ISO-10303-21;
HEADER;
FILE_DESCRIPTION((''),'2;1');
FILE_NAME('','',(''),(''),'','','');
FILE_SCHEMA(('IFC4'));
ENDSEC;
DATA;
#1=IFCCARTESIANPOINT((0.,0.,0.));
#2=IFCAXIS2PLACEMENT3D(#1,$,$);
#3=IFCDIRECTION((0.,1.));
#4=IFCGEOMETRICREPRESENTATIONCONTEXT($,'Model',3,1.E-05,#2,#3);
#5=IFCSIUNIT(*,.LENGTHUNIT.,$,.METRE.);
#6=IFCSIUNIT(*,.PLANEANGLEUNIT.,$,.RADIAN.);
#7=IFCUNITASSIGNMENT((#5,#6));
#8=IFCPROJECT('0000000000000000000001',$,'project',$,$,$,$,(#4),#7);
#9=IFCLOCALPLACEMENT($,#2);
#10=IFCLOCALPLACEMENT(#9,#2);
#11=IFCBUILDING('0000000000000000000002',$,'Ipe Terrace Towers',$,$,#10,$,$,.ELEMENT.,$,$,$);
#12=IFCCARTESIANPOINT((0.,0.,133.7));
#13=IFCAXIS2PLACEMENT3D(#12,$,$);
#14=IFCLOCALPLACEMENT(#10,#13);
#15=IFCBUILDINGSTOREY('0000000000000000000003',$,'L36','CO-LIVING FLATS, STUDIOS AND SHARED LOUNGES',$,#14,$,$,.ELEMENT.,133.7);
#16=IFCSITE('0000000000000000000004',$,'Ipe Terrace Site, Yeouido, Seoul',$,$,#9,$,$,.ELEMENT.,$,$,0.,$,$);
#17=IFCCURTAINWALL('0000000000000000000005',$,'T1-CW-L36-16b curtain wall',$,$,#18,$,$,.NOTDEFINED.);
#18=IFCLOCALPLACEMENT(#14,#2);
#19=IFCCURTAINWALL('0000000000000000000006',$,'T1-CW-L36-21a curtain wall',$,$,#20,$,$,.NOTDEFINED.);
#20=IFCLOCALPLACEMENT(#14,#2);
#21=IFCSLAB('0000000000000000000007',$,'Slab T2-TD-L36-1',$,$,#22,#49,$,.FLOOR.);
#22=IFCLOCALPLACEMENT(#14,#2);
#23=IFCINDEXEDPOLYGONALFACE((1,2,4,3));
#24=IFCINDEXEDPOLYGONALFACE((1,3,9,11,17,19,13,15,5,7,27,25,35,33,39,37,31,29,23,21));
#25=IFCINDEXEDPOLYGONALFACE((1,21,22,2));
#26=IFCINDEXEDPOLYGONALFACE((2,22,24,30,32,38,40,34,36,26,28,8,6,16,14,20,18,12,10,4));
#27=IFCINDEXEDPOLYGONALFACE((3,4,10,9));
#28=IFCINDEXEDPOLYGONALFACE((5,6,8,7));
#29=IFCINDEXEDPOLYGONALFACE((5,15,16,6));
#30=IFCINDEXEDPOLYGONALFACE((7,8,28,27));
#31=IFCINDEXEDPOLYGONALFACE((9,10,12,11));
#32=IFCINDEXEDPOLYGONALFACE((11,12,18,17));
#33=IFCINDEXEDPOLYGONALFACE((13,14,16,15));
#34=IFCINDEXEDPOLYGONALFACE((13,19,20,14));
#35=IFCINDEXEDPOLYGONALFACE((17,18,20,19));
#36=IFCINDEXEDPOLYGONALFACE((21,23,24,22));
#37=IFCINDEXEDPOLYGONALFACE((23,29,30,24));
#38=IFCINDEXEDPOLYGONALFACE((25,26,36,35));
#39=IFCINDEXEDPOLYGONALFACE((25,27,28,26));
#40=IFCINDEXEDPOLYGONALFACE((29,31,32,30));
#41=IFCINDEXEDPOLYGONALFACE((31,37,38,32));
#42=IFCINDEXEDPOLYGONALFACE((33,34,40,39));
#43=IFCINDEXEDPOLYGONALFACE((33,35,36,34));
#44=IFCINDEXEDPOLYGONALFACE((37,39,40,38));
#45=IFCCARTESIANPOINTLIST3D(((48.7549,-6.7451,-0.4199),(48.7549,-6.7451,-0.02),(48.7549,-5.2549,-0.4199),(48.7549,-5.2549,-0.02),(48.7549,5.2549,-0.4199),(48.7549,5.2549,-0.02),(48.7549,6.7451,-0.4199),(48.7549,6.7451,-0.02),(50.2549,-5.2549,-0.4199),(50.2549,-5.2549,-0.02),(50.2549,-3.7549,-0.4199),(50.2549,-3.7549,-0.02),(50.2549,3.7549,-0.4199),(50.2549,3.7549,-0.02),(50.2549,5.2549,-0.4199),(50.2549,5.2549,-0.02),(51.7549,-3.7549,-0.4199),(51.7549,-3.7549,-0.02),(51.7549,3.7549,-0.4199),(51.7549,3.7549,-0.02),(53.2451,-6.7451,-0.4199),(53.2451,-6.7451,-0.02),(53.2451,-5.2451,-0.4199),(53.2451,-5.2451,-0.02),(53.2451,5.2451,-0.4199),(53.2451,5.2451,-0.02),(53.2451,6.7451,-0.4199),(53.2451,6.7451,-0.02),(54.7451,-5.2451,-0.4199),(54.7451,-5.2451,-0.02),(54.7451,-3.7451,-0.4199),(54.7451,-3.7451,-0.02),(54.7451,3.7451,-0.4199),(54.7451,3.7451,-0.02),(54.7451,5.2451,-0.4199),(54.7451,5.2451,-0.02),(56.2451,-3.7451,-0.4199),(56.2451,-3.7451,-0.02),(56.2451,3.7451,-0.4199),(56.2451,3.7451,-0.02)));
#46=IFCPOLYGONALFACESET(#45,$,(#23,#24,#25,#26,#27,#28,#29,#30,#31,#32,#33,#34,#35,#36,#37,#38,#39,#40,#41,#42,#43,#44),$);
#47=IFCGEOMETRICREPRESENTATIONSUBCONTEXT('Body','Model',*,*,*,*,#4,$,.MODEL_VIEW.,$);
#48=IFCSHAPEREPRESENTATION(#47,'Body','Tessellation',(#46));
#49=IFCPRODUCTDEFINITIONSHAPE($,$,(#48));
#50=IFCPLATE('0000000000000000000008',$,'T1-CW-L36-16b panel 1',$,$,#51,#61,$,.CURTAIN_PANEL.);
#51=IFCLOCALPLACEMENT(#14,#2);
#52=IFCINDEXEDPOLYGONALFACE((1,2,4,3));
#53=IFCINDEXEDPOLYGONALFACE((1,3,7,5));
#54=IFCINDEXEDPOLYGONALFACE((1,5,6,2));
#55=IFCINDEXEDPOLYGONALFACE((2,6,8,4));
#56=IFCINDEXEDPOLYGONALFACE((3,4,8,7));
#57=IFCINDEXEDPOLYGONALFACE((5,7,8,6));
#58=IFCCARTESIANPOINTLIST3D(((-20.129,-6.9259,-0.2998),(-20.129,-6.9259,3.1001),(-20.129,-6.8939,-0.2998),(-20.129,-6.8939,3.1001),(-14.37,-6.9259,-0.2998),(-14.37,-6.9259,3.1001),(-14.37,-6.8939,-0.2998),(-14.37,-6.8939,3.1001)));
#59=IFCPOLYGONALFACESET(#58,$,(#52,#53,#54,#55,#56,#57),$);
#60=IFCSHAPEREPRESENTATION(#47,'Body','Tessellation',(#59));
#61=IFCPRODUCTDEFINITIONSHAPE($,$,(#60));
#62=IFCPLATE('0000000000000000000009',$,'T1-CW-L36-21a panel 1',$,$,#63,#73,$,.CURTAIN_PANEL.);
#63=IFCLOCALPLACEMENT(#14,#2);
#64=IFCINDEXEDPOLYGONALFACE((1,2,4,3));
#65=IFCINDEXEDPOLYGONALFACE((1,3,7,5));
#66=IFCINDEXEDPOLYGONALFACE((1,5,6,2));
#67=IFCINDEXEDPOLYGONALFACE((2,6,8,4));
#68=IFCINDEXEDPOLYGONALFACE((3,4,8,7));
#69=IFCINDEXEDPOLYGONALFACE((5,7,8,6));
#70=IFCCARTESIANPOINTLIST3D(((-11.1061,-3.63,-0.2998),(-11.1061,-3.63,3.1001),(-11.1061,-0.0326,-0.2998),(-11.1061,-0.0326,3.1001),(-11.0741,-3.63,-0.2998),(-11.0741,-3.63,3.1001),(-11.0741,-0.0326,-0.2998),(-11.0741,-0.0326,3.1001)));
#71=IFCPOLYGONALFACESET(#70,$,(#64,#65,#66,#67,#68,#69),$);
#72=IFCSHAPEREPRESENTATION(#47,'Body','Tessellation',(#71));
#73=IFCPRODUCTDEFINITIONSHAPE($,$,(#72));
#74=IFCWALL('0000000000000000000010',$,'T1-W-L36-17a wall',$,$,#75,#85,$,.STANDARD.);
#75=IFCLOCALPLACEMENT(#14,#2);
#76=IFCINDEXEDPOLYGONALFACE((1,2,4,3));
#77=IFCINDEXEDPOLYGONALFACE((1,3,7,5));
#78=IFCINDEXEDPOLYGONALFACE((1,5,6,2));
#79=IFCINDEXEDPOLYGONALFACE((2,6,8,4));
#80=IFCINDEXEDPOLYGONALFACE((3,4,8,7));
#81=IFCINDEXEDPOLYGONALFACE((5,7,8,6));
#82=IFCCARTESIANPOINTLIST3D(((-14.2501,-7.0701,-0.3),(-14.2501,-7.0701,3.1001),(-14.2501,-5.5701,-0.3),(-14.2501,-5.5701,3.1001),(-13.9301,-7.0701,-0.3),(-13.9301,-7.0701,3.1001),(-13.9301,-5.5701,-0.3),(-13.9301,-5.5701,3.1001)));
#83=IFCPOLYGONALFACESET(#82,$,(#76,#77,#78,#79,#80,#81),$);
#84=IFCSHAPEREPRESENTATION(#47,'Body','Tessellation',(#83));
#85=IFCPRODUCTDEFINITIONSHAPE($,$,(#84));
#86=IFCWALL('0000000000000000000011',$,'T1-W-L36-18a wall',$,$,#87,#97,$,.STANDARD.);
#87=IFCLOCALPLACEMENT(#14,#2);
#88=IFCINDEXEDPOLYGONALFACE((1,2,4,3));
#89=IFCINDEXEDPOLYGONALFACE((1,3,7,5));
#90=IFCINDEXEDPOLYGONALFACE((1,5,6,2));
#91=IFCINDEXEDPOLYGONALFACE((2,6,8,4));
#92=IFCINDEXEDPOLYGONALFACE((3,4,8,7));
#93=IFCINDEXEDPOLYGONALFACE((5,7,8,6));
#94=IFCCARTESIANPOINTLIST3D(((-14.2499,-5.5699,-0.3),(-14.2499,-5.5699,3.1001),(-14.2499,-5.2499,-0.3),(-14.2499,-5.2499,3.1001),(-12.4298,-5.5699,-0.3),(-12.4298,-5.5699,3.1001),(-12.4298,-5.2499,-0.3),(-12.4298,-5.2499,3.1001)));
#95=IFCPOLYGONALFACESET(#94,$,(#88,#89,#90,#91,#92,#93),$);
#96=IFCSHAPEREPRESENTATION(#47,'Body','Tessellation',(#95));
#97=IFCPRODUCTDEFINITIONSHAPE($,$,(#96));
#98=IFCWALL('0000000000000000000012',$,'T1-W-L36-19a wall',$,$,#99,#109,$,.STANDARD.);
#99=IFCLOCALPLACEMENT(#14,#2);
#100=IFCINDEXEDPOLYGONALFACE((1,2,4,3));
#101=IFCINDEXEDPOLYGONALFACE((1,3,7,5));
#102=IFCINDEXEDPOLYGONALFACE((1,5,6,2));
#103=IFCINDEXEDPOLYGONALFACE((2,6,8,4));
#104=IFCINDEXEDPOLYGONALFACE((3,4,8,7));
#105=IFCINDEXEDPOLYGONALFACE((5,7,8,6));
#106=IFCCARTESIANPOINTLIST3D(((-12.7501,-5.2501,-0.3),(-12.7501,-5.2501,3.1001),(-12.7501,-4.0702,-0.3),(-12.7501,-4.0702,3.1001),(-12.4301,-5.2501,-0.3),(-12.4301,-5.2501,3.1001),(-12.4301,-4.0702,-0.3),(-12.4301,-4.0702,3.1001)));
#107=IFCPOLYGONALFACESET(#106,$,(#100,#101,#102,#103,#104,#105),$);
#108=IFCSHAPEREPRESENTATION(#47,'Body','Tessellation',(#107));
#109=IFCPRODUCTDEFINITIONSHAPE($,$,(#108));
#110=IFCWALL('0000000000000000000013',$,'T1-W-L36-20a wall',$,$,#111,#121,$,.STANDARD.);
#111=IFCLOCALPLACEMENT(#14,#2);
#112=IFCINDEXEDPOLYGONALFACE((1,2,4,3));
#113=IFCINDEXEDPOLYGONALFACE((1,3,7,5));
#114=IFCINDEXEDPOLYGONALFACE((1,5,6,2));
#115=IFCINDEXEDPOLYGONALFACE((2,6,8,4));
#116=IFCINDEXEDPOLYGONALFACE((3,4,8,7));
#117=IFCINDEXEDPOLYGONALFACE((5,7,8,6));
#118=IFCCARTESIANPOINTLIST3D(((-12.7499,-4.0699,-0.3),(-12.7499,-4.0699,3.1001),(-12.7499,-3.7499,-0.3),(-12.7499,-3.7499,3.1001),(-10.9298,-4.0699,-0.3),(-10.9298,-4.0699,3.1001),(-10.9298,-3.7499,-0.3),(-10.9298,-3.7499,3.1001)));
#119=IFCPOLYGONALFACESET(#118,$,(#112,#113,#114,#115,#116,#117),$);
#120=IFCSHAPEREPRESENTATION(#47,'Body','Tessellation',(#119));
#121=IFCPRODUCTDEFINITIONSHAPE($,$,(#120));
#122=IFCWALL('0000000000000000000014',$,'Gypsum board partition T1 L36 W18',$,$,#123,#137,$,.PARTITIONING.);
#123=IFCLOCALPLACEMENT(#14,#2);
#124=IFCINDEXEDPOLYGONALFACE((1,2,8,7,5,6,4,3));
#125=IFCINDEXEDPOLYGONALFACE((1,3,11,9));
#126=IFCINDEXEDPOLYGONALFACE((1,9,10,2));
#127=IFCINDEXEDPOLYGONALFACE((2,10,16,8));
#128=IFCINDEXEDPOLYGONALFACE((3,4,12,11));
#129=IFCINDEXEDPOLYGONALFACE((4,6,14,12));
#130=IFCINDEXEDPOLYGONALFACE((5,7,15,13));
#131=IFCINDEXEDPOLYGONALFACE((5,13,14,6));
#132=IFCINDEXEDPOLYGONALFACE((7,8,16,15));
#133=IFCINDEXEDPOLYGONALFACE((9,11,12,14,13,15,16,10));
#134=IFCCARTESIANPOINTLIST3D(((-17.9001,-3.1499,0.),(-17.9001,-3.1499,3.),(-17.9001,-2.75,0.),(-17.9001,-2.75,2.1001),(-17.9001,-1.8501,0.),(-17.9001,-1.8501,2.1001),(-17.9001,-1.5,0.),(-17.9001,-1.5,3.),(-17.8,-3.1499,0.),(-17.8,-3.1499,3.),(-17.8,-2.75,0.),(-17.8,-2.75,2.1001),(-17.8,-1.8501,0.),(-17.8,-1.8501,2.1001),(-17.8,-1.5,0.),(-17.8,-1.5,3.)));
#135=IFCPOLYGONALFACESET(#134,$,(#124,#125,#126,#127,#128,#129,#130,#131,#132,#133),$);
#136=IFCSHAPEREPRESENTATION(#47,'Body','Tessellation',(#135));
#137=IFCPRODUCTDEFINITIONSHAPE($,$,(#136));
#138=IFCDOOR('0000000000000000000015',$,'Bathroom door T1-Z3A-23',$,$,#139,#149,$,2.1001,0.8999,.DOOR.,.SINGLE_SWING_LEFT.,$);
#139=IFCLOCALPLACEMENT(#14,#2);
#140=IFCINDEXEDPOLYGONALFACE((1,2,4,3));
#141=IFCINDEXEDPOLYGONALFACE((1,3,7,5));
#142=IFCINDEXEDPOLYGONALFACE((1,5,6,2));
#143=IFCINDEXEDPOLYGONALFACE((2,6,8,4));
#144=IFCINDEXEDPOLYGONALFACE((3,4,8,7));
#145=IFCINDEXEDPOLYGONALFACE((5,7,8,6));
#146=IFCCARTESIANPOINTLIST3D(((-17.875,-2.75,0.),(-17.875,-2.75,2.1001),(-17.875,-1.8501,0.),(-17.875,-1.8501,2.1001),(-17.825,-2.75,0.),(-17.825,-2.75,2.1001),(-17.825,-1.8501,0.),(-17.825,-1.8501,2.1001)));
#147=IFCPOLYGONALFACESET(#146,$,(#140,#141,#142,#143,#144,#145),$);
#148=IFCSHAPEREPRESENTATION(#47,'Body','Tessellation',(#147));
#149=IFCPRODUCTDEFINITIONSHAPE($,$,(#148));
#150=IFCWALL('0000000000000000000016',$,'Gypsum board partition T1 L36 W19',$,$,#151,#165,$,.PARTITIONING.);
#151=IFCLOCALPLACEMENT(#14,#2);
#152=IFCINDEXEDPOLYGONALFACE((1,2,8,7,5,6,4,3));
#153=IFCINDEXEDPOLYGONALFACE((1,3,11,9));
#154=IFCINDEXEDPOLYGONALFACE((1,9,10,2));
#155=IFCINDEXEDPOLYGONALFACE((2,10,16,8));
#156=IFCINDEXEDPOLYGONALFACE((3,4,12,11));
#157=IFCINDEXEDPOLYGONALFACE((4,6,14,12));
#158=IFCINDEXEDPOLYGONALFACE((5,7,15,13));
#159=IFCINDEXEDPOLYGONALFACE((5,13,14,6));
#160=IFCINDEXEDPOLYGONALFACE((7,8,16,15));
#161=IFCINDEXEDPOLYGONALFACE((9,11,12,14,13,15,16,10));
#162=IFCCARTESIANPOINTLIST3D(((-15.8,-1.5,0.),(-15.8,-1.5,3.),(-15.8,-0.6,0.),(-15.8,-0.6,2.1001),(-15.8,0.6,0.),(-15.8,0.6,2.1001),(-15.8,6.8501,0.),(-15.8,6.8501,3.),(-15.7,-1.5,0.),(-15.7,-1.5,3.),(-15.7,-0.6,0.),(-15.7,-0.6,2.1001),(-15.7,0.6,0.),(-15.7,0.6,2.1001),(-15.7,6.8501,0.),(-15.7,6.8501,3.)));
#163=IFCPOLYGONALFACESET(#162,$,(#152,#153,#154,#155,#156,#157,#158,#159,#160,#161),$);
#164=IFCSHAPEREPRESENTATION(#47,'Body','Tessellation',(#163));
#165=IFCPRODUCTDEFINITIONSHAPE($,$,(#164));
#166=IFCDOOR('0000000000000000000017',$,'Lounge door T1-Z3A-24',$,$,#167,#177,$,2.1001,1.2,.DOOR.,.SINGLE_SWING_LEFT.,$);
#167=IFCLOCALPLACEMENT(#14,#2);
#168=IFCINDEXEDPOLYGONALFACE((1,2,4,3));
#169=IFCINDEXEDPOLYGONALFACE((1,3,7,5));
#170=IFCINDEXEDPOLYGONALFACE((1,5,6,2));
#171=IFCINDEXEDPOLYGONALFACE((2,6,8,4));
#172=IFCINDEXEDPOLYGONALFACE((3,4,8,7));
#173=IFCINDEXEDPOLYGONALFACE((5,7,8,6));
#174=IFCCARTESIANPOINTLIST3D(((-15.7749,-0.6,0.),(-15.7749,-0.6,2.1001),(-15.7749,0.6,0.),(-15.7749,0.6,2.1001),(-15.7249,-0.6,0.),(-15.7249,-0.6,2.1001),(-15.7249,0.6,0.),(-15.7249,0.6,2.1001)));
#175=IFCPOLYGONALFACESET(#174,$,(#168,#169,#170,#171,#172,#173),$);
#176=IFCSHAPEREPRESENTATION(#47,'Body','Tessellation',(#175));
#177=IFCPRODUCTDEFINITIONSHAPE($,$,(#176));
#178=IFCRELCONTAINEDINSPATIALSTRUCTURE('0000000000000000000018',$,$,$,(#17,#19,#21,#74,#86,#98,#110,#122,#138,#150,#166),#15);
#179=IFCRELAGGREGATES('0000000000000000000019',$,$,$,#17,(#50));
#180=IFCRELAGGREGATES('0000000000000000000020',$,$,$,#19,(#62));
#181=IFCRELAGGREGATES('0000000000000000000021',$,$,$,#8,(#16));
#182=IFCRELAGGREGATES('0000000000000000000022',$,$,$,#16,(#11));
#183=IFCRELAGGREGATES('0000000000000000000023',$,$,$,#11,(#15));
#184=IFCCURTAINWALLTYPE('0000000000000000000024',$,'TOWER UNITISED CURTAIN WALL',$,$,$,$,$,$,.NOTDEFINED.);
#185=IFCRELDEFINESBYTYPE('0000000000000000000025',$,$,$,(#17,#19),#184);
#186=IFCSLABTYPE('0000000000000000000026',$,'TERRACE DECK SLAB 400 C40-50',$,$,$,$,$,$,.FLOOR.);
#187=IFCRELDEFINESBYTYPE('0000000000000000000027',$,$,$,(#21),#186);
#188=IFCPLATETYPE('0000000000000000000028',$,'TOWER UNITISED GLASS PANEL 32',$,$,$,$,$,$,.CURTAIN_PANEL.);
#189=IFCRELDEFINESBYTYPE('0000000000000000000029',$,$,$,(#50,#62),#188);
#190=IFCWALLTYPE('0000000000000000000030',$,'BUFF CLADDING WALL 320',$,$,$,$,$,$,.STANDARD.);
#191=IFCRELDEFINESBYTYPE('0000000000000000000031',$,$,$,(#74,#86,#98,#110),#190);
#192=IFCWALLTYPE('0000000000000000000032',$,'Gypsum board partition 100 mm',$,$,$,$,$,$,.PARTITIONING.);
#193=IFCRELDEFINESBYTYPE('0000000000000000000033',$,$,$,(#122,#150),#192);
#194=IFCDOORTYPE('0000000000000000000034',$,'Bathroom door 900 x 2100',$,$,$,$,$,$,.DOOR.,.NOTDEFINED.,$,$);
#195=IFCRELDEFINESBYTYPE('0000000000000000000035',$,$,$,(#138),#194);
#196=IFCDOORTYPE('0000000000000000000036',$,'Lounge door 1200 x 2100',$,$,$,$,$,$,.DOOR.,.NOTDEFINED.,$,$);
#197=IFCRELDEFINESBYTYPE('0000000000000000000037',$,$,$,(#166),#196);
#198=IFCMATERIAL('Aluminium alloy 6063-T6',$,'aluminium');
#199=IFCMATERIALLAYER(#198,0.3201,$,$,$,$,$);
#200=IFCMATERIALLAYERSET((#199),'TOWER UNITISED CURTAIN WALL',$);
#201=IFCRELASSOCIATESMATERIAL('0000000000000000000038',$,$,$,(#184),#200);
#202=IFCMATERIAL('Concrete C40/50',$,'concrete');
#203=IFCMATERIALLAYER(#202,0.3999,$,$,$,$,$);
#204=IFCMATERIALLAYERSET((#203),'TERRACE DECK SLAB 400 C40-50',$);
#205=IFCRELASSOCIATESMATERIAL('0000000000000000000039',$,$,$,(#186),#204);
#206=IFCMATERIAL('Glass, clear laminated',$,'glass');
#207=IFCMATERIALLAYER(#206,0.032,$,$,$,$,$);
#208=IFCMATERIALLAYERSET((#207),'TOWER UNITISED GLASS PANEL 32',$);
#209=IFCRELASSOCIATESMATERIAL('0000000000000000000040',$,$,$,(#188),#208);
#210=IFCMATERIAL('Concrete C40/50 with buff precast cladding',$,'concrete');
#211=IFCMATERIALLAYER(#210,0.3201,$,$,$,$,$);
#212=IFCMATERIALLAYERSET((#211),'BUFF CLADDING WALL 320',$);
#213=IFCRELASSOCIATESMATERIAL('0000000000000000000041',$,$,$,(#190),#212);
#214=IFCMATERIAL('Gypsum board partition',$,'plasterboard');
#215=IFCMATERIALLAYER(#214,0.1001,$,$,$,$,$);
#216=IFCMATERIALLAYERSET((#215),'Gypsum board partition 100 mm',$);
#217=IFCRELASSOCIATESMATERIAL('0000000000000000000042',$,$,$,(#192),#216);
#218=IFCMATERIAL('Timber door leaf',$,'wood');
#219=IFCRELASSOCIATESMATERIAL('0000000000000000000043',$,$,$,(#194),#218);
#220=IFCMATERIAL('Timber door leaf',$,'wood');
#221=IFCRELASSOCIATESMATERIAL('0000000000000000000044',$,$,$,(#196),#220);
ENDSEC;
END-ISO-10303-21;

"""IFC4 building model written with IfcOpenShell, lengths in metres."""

from ifc_helpers import new_model, si_unit, direction, frame, frame_2d, origin, origin_2d, place, context, subcontext, project, spatial, polyline, rectangle, outline, extrude, material, layer, layer_set, type_object, element, fill, aggregate, save


model = new_model("IFC4")

# Units and contexts
model_context = context("Model", 3, precision=1e-05, world=origin(), true_north=direction((0.0, 1.0)))
body_context = subcontext(model_context, "Body", "Model", "MODEL_VIEW")
ifc_project = project(units=[si_unit("LENGTHUNIT", "METRE"), si_unit("PLANEANGLEUNIT", "RADIAN")], contexts=[model_context])

# Site, building, storey
site_placement = place(None, origin())
site = spatial("IfcSite", under=ifc_project, at=site_placement, Name="Ipe Terrace Site, Yeouido, Seoul", CompositionType="ELEMENT", RefElevation=0.0)
building_placement = place(site_placement, origin())
building = spatial("IfcBuilding", under=site, at=building_placement, Name="Ipe Terrace Towers", CompositionType="ELEMENT")
storey_placement = place(building_placement, frame((0.0, 0.0, 133.7)))
storey = spatial("IfcBuildingStorey", under=building, at=storey_placement, Name="L36", Description="CO-LIVING FLATS, STUDIOS AND SHARED LOUNGES", CompositionType="ELEMENT", Elevation=133.7)

# Curtain wall
ifc_material_1 = material(Name="Aluminium alloy 6063-T6", Category="aluminium")
ifc_layer_1 = layer(ifc_material_1, 0.3201)
ifc_layer_set_1 = layer_set([ifc_layer_1], Name="TOWER UNITISED CURTAIN WALL")
curtain_wall_type = type_object("IfcCurtainWallType", Name="TOWER UNITISED CURTAIN WALL", PredefinedType="NOTDEFINED", material=ifc_layer_set_1)
curtain_wall_1_placement = place(storey_placement, origin())
curtain_wall_1 = element("IfcCurtainWall", 1, at=curtain_wall_1_placement, inside=storey, type_object=curtain_wall_type, Name="T1-CW-L36-16b curtain wall", PredefinedType="NOTDEFINED")

# Curtain wall
curtain_wall_2_placement = place(storey_placement, origin())
curtain_wall_2 = element("IfcCurtainWall", 2, at=curtain_wall_2_placement, inside=storey, type_object=curtain_wall_type, Name="T1-CW-L36-21a curtain wall", PredefinedType="NOTDEFINED")

# Slab
ifc_material_2 = material(Name="Concrete C40/50", Category="concrete")
ifc_layer_2 = layer(ifc_material_2, 0.3999)
ifc_layer_set_2 = layer_set([ifc_layer_2], Name="TERRACE DECK SLAB 400 C40-50")
slab_type_1 = type_object("IfcSlabType", Name="TERRACE DECK SLAB 400 C40-50", PredefinedType="FLOOR", material=ifc_layer_set_2)
slab_1_placement = place(storey_placement, frame((0.0, 0.0, -0.4199)))
element("IfcSlab", 3, at=slab_1_placement, inside=storey, type_object=slab_type_1, Name="Slab T2-TD-L36-1", PredefinedType="FLOOR", context=body_context, shape_type="SweptSolid", body=[
    extrude(outline(polyline([(48.7549, -6.7451), (48.7549, -5.2549), (50.2549, -5.2549), (50.2549, -3.7549), (51.7549, -3.7549), (51.7549, 3.7549), (50.2549, 3.7549), (50.2549, 5.2549), (48.7549, 5.2549), (48.7549, 6.7451), (53.2451, 6.7451), (53.2451, 5.2451), (54.7451, 5.2451), (54.7451, 3.7451), (56.2451, 3.7451), (56.2451, -3.7451), (54.7451, -3.7451), (54.7451, -5.2451), (53.2451, -5.2451), (53.2451, -6.7451), (48.7549, -6.7451)])), origin(), (0.0, 0.0, 1.0), 0.3999),
])

# Plates
ifc_material_3 = material(Name="Glass, clear laminated", Category="glass")
ifc_layer_3 = layer(ifc_material_3, 0.032)
ifc_layer_set_3 = layer_set([ifc_layer_3], Name="TOWER UNITISED GLASS PANEL 32")
plate_type = type_object("IfcPlateType", Name="TOWER UNITISED GLASS PANEL 32", PredefinedType="CURTAIN_PANEL", material=ifc_layer_set_3)
plate_1_placement = place(storey_placement, frame((-17.2495, -6.9099, -0.2998), z_axis=(0.0, 0.0, 1.0), x_axis=(1.0, 0.0, 0.0)))
plate_1 = element("IfcPlate", 4, at=plate_1_placement, type_object=plate_type, Name="T1-CW-L36-16b panel 1", PredefinedType="CURTAIN_PANEL", context=body_context, shape_type="SweptSolid", body=[
    extrude(rectangle(XDim=5.759, YDim=0.032, at=origin_2d()), origin(), (0.0, 0.0, 1.0), 3.3999),
])
aggregate(curtain_wall_1, [plate_1])
plate_2_placement = place(storey_placement, frame((-11.0901, -1.8313, -0.2998), z_axis=(0.0, 0.0, 1.0), x_axis=(0.0, 1.0, 0.0)))
plate_2 = element("IfcPlate", 5, at=plate_2_placement, type_object=plate_type, Name="T1-CW-L36-21a panel 1", PredefinedType="CURTAIN_PANEL", context=body_context, shape_type="SweptSolid", body=[
    extrude(rectangle(XDim=3.5974, YDim=0.032, at=origin_2d()), origin(), (0.0, 0.0, 1.0), 3.3999),
])
aggregate(curtain_wall_2, [plate_2])

# Walls
ifc_material_4 = material(Name="Concrete C40/50 with buff precast cladding", Category="concrete")
ifc_layer_4 = layer(ifc_material_4, 0.3201)
ifc_layer_set_4 = layer_set([ifc_layer_4], Name="BUFF CLADDING WALL 320")
wall_type_1 = type_object("IfcWallType", Name="BUFF CLADDING WALL 320", PredefinedType="STANDARD", material=ifc_layer_set_4)
wall_1_placement = place(storey_placement, frame((-14.0901, -7.0701, -0.3), z_axis=(0.0, 0.0, 1.0), x_axis=(0.0, 1.0, 0.0)))
element("IfcWall", 6, at=wall_1_placement, inside=storey, type_object=wall_type_1, Name="T1-W-L36-17a wall", PredefinedType="STANDARD", context=body_context, shape_type="SweptSolid", body=[
    extrude(rectangle(XDim=1.5, YDim=0.3201, at=frame_2d((0.75, 0.0))), origin(), (0.0, 0.0, 1.0), 3.4001),
])
wall_2_placement = place(storey_placement, frame((-14.25, -5.4099, -0.3), z_axis=(0.0, 0.0, 1.0), x_axis=(1.0, 0.0, 0.0)))
element("IfcWall", 7, at=wall_2_placement, inside=storey, type_object=wall_type_1, Name="T1-W-L36-18a wall", PredefinedType="STANDARD", context=body_context, shape_type="SweptSolid", body=[
    extrude(rectangle(XDim=1.8201, YDim=0.3201, at=frame_2d((0.9102, 0.0))), origin(), (0.0, 0.0, 1.0), 3.4001),
])
wall_3_placement = place(storey_placement, frame((-12.5901, -5.25, -0.3), z_axis=(0.0, 0.0, 1.0), x_axis=(0.0, 1.0, 0.0)))
element("IfcWall", 8, at=wall_3_placement, inside=storey, type_object=wall_type_1, Name="T1-W-L36-19a wall", PredefinedType="STANDARD", context=body_context, shape_type="SweptSolid", body=[
    extrude(rectangle(XDim=1.1799, YDim=0.3201, at=frame_2d((0.5898, 0.0))), origin(), (0.0, 0.0, 1.0), 3.4001),
])
wall_4_placement = place(storey_placement, frame((-12.75, -3.9099, -0.3), z_axis=(0.0, 0.0, 1.0), x_axis=(1.0, 0.0, 0.0)))
element("IfcWall", 9, at=wall_4_placement, inside=storey, type_object=wall_type_1, Name="T1-W-L36-20a wall", PredefinedType="STANDARD", context=body_context, shape_type="SweptSolid", body=[
    extrude(rectangle(XDim=1.8201, YDim=0.3201, at=frame_2d((0.9102, 0.0))), origin(), (0.0, 0.0, 1.0), 3.4001),
])

# Walls, openings, doors
ifc_material_5 = material(Name="Gypsum board partition", Category="plasterboard")
ifc_layer_5 = layer(ifc_material_5, 0.1001)
ifc_layer_set_5 = layer_set([ifc_layer_5], Name="Gypsum board partition 100 mm")
wall_type_2 = type_object("IfcWallType", Name="Gypsum board partition 100 mm", PredefinedType="PARTITIONING", material=ifc_layer_set_5)
wall_5_placement = place(storey_placement, frame((-17.8501, -3.1499, 0.0), z_axis=(0.0, 0.0, 1.0), x_axis=(0.0, 1.0, 0.0)))
wall_5 = element("IfcWall", 10, at=wall_5_placement, inside=storey, type_object=wall_type_2, Name="Gypsum board partition T1 L36 W18", PredefinedType="PARTITIONING", context=body_context, shape_type="SweptSolid", body=[
    extrude(rectangle(XDim=1.6499, YDim=0.1001, at=frame_2d((0.825, 0.0))), origin(), (0.0, 0.0, 1.0), 3.0),
])
opening_1_placement = place(wall_5_placement, frame((0.3999, 0.0, 0.0)))
opening_1 = element("IfcOpeningElement", 11, at=opening_1_placement, cuts=wall_5, PredefinedType="OPENING", context=body_context, shape_type="SweptSolid", body=[
    extrude(rectangle(XDim=0.8999, YDim=2.1001, at=frame_2d((0.45, 1.05))), frame((0.0, 0.0601, 0.0), z_axis=(0.0, -1.0, 0.0), x_axis=(1.0, 0.0, 0.0)), (0.0, 0.0, 1.0), 0.1201),
])
ifc_material_6 = material(Name="Timber door leaf", Category="wood")
door_type_1 = type_object("IfcDoorType", Name="Bathroom door 900 x 2100", OperationType="NOTDEFINED", PredefinedType="DOOR", material=ifc_material_6)
door_1_placement = place(opening_1_placement, origin())
door_1 = element("IfcDoor", 12, at=door_1_placement, inside=storey, type_object=door_type_1, Name="Bathroom door T1-Z3A-23", OperationType="SINGLE_SWING_LEFT", OverallHeight=2.1001, OverallWidth=0.8999, PredefinedType="DOOR", context=body_context, shape_type="SweptSolid", body=[
    extrude(rectangle(XDim=0.8999, YDim=2.1001, at=frame_2d((0.45, 1.05))), frame((0.0, 0.0249, 0.0), z_axis=(0.0, -1.0, 0.0), x_axis=(1.0, 0.0, 0.0)), (0.0, 0.0, 1.0), 0.05),
])
fill(opening_1, door_1)
wall_6_placement = place(storey_placement, frame((-15.75, -1.5, 0.0), z_axis=(0.0, 0.0, 1.0), x_axis=(0.0, 1.0, 0.0)))
wall_6 = element("IfcWall", 13, at=wall_6_placement, inside=storey, type_object=wall_type_2, Name="Gypsum board partition T1 L36 W19", PredefinedType="PARTITIONING", context=body_context, shape_type="SweptSolid", body=[
    extrude(rectangle(XDim=8.3501, YDim=0.1001, at=frame_2d((4.175, 0.0))), origin(), (0.0, 0.0, 1.0), 3.0),
])
opening_2_placement = place(wall_6_placement, frame((0.8999, 0.0, 0.0)))
opening_2 = element("IfcOpeningElement", 14, at=opening_2_placement, cuts=wall_6, PredefinedType="OPENING", context=body_context, shape_type="SweptSolid", body=[
    extrude(rectangle(XDim=1.2, YDim=2.1001, at=frame_2d((0.6001, 1.05))), frame((0.0, 0.0601, 0.0), z_axis=(0.0, -1.0, 0.0), x_axis=(1.0, 0.0, 0.0)), (0.0, 0.0, 1.0), 0.1201),
])
ifc_material_7 = material(Name="Timber door leaf", Category="wood")
door_type_2 = type_object("IfcDoorType", Name="Lounge door 1200 x 2100", OperationType="NOTDEFINED", PredefinedType="DOOR", material=ifc_material_7)
door_2_placement = place(opening_2_placement, origin())
door_2 = element("IfcDoor", 15, at=door_2_placement, inside=storey, type_object=door_type_2, Name="Lounge door T1-Z3A-24", OperationType="SINGLE_SWING_LEFT", OverallHeight=2.1001, OverallWidth=1.2, PredefinedType="DOOR", context=body_context, shape_type="SweptSolid", body=[
    extrude(rectangle(XDim=1.2, YDim=2.1001, at=frame_2d((0.6001, 1.05))), frame((0.0, 0.0249, 0.0), z_axis=(0.0, -1.0, 0.0), x_axis=(1.0, 0.0, 0.0)), (0.0, 0.0, 1.0), 0.05),
])
fill(opening_2, door_2)

save(model, "model.ifc")
